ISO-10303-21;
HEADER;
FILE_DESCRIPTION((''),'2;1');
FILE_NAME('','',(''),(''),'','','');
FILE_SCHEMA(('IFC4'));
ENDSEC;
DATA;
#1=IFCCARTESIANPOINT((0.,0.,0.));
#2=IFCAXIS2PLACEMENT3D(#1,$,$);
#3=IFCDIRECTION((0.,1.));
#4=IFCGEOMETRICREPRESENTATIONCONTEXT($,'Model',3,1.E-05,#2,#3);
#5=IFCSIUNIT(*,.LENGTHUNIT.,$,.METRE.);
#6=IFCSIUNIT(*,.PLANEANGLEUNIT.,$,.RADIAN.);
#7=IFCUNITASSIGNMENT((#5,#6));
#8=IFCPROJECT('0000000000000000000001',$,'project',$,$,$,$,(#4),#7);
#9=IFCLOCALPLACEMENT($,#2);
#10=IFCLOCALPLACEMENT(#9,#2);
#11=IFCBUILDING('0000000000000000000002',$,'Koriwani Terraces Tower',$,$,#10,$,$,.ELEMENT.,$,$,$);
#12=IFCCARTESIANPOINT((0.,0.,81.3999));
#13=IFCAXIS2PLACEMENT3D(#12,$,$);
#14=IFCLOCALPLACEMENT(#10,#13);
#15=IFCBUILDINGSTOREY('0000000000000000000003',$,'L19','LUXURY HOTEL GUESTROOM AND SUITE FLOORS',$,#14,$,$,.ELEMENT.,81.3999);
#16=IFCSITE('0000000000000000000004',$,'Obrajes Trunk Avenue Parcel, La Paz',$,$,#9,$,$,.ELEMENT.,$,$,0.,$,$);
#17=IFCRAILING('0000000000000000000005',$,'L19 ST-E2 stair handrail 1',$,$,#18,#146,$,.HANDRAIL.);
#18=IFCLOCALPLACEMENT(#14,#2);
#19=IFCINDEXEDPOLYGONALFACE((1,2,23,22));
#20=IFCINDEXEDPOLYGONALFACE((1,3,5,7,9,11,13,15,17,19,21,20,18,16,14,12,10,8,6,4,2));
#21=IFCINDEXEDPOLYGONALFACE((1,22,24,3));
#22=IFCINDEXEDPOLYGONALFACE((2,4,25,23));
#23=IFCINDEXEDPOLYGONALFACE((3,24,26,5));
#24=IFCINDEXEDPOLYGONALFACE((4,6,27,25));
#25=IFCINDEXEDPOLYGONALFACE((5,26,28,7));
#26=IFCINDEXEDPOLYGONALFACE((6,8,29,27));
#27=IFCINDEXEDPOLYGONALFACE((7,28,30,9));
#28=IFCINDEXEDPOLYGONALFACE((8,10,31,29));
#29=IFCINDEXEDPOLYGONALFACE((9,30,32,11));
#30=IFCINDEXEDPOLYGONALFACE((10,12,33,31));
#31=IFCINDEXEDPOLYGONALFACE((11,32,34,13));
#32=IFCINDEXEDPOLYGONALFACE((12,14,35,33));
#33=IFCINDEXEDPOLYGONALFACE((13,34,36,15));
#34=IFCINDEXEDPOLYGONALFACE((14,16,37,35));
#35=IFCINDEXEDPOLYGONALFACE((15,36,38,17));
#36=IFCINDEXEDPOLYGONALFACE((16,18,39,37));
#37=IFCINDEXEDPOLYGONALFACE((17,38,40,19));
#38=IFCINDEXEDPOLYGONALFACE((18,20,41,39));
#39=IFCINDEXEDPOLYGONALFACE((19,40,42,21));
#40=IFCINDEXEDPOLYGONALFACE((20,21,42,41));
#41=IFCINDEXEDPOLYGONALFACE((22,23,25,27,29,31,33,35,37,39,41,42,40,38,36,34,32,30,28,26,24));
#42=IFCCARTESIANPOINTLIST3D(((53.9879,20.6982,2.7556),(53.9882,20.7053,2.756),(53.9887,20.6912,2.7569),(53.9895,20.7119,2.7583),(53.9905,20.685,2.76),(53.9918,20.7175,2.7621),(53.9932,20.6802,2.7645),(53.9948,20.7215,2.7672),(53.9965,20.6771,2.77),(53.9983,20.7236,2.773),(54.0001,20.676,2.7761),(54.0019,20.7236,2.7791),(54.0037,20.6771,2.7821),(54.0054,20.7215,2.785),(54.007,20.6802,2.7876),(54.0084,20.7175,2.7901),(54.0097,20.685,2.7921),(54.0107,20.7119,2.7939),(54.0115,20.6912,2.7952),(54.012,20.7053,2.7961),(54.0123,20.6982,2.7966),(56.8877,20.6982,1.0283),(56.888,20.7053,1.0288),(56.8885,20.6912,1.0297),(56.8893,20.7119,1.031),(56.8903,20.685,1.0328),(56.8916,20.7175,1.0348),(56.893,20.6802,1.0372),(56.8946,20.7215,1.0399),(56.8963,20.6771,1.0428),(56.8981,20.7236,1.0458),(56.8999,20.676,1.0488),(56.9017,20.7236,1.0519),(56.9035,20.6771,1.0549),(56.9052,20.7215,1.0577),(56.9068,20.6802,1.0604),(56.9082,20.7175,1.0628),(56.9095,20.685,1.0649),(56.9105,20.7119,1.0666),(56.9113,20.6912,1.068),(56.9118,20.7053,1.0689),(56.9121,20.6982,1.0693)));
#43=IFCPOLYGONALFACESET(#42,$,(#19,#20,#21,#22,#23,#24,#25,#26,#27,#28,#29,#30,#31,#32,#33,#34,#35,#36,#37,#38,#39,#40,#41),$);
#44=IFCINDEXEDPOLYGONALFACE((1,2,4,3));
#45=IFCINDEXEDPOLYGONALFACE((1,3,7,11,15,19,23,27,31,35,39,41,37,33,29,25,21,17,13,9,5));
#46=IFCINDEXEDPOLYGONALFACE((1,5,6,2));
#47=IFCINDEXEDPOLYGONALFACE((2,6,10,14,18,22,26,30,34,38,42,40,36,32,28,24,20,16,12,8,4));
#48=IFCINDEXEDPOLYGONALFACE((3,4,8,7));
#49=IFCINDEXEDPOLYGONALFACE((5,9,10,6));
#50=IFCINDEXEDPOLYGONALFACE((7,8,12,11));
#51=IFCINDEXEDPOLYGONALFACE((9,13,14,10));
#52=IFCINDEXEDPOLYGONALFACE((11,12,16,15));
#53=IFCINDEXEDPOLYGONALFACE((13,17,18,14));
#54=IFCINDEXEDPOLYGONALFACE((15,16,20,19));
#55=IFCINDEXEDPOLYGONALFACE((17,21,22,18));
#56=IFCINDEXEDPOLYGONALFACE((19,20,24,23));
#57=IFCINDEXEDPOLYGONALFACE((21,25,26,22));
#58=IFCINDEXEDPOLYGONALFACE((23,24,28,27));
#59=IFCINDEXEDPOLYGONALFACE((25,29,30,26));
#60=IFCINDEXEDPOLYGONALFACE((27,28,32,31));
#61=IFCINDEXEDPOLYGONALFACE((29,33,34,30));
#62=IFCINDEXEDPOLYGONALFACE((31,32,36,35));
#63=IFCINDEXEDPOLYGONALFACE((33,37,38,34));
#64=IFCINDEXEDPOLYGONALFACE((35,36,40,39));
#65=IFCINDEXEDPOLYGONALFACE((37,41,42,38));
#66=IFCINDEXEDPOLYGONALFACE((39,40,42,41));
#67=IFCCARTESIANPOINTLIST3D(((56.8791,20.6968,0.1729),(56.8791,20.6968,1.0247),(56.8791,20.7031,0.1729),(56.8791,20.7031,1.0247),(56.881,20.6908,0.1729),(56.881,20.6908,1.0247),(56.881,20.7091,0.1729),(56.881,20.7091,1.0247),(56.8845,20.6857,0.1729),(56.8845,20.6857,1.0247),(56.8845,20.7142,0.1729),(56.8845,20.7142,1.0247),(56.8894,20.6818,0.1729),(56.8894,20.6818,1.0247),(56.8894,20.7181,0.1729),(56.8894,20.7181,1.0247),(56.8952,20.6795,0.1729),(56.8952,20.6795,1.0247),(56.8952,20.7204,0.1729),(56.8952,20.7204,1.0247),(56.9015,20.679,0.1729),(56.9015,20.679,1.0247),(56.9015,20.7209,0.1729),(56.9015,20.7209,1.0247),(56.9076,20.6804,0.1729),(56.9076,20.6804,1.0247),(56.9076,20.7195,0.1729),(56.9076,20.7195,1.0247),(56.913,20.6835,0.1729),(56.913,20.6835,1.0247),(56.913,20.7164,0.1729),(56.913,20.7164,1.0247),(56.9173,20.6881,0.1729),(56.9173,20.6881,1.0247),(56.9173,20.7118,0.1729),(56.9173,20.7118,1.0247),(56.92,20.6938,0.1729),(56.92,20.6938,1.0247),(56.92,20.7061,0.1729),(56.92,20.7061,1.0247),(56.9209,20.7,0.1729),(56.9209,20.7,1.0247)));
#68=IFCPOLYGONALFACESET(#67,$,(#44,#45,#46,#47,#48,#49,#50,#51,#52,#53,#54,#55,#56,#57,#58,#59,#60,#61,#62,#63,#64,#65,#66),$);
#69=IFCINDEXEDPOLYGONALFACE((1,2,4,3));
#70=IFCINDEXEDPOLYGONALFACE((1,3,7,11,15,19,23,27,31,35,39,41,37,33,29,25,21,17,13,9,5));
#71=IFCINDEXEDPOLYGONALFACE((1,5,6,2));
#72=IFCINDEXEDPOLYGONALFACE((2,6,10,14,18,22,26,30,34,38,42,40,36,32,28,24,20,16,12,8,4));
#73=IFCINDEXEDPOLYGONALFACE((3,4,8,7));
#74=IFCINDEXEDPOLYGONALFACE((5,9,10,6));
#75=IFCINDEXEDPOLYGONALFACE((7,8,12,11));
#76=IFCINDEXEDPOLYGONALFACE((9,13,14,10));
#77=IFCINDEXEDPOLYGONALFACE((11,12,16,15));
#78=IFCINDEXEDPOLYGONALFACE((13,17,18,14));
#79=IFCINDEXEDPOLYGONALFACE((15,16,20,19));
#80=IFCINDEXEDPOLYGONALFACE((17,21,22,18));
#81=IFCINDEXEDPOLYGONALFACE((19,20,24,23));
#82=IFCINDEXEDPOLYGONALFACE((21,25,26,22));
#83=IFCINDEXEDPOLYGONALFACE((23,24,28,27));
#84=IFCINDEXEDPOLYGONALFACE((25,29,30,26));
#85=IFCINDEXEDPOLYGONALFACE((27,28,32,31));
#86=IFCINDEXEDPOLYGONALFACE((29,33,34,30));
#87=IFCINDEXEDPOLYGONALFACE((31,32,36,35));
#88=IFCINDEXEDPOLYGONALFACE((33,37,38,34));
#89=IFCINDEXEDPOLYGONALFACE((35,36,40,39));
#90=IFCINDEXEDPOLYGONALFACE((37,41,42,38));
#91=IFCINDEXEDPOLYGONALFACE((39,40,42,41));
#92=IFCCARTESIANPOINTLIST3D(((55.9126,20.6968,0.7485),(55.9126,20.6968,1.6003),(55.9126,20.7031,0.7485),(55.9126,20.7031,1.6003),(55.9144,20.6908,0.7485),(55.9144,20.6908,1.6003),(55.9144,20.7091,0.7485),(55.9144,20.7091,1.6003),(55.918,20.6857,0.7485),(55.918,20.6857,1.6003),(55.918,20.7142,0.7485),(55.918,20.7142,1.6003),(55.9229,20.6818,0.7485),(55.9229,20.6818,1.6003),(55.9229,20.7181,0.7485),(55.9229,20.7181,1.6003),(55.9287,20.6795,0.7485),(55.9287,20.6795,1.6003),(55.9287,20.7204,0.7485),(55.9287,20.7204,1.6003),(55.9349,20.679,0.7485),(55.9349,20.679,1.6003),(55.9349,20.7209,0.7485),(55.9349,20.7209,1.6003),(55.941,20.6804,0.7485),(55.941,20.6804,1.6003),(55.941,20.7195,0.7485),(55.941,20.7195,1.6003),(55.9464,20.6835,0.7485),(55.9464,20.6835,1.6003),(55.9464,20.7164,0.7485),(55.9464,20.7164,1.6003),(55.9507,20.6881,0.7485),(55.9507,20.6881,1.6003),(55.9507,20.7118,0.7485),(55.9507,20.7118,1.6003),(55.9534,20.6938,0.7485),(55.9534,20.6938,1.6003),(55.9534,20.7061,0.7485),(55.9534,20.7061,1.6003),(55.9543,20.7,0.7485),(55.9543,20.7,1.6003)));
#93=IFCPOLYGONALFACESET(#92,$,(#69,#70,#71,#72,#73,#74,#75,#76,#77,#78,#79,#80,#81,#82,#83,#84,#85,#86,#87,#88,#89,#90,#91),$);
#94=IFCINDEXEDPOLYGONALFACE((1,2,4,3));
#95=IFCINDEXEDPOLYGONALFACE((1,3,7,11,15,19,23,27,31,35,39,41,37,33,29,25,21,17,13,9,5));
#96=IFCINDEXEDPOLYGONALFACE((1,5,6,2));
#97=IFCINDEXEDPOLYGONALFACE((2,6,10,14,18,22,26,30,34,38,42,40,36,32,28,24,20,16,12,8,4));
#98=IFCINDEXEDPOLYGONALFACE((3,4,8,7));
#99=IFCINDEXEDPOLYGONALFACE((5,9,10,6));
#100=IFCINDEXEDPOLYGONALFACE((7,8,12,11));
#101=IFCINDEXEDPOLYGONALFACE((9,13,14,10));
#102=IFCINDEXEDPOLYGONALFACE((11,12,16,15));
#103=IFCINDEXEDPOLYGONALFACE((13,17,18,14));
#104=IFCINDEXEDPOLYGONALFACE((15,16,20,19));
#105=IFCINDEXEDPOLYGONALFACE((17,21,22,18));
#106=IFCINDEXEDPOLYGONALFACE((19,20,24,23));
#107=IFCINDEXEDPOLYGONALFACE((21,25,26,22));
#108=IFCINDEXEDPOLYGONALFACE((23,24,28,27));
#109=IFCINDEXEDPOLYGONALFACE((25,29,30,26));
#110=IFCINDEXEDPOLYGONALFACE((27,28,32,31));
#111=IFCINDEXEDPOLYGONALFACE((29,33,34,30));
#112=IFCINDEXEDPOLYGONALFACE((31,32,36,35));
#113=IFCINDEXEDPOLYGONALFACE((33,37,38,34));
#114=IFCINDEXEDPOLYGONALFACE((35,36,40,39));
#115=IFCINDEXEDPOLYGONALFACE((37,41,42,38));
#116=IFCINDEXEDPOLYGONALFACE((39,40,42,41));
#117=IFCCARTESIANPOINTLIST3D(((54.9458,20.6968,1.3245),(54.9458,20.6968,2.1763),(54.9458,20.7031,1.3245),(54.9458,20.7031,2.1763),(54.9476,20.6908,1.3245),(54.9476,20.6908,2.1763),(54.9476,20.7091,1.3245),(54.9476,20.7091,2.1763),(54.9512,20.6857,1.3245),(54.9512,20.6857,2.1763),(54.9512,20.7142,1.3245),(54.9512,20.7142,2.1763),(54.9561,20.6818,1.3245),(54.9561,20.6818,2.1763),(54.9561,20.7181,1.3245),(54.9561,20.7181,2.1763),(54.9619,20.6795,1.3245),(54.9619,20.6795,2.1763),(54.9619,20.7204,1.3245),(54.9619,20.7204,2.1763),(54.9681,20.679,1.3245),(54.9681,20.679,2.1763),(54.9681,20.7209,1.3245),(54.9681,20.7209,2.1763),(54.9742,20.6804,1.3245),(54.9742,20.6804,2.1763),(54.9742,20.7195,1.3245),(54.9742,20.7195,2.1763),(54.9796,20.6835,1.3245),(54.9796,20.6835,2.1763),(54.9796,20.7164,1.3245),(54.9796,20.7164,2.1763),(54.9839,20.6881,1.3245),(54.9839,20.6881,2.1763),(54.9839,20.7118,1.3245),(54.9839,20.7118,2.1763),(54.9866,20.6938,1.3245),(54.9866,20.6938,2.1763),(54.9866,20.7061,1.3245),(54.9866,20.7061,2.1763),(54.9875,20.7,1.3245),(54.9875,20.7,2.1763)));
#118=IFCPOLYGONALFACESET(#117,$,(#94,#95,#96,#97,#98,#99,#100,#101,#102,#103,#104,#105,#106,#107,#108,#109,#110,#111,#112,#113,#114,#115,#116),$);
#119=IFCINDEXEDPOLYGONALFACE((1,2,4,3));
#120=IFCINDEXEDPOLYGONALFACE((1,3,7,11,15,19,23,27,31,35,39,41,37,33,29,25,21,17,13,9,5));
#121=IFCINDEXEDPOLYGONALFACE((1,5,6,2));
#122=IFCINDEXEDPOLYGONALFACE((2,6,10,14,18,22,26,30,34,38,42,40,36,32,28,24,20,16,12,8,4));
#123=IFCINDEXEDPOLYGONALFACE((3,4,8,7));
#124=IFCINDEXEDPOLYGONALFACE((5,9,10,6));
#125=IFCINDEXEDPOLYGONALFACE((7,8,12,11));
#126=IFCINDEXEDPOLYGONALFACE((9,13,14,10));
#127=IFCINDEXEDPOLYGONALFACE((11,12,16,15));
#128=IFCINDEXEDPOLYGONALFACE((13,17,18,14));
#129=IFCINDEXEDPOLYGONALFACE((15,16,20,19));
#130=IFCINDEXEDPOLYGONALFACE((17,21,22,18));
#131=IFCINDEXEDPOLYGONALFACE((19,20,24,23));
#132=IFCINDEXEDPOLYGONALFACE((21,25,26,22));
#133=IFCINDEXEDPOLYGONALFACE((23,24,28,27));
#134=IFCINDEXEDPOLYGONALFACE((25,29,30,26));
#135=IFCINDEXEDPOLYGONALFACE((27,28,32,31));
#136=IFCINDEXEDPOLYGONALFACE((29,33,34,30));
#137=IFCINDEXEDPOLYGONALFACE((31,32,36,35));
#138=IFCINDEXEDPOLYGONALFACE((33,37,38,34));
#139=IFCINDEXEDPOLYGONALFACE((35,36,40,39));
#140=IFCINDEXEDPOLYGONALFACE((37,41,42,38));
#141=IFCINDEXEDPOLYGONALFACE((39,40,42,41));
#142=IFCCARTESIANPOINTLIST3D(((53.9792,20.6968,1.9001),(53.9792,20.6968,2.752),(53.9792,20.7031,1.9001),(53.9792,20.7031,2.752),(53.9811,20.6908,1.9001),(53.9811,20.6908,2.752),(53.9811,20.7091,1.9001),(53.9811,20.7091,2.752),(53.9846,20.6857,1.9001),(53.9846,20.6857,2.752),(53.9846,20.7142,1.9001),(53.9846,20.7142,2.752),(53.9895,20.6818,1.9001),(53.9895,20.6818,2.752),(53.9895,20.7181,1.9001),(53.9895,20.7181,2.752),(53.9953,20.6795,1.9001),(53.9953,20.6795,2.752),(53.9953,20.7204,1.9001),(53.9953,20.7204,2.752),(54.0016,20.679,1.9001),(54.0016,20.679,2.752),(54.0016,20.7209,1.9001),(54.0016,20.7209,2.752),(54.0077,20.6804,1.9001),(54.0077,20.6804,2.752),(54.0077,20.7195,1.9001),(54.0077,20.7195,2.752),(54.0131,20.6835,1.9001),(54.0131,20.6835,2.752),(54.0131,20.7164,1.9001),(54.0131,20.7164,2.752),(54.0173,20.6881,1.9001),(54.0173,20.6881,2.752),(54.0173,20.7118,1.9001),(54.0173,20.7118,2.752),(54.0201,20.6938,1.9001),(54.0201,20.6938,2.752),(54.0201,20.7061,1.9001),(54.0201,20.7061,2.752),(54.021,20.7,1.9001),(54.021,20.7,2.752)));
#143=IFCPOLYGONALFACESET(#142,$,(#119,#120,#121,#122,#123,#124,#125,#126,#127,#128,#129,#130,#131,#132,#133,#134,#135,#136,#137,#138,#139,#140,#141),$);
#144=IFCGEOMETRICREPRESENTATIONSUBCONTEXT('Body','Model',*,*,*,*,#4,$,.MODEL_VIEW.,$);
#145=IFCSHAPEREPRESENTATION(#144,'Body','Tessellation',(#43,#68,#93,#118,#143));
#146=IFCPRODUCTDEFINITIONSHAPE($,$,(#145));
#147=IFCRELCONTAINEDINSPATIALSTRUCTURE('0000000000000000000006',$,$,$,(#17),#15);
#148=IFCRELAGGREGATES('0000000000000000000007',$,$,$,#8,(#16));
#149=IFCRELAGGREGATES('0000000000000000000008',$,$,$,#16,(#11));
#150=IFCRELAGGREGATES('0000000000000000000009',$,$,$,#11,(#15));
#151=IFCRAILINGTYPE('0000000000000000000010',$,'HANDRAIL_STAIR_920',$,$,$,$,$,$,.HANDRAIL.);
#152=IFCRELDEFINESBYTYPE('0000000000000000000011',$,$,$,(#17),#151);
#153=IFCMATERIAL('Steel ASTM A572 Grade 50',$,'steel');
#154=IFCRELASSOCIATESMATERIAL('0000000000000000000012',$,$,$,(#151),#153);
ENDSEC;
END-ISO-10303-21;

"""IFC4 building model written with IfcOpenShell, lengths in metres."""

from ifc_helpers import new_model, si_unit, direction, frame, origin, origin_2d, place, context, subcontext, project, spatial, circle, extrude, material, type_object, element, save


model = new_model("IFC4")

# Units and contexts
model_context = context("Model", 3, precision=1e-05, world=origin(), true_north=direction((0.0, 1.0)))
body_context = subcontext(model_context, "Body", "Model", "MODEL_VIEW")
ifc_project = project(units=[si_unit("LENGTHUNIT", "METRE"), si_unit("PLANEANGLEUNIT", "RADIAN")], contexts=[model_context])

# Site, building, storey
site_placement = place(None, origin())
site = spatial("IfcSite", under=ifc_project, at=site_placement, Name="Obrajes Trunk Avenue Parcel, La Paz", CompositionType="ELEMENT", RefElevation=0.0)
building_placement = place(site_placement, origin())
building = spatial("IfcBuilding", under=site, at=building_placement, Name="Koriwani Terraces Tower", CompositionType="ELEMENT")
storey_placement = place(building_placement, frame((0.0, 0.0, 81.3999)))
storey = spatial("IfcBuildingStorey", under=building, at=storey_placement, Name="L19", Description="LUXURY HOTEL GUESTROOM AND SUITE FLOORS", CompositionType="ELEMENT", Elevation=81.3999)

# Shared definitions
ifc_material_1 = material(Name="Steel ASTM A572 Grade 50", Category="steel")

# Railing
railing_type_1 = type_object("IfcRailingType", Name="HANDRAIL_STAIR_920", PredefinedType="HANDRAIL", material=ifc_material_1)
railing_1_placement = place(storey_placement, frame((56.8999, 20.7, 0.1729)))
element("IfcRailing", 1, at=railing_1_placement, inside=storey, type_object=railing_type_1, Name="L19 ST-E2 stair handrail 1", PredefinedType="HANDRAIL", context=body_context, shape_type="SweptSolid", body=[
    extrude(circle(Radius=0.0239, at=origin_2d()), frame((0.0, 0.0, 0.876), z_axis=(-0.859141, 0.0, 0.511738), x_axis=(0.0, -1.0, 0.0)), (0.0, 0.0, 1.0), 3.3752),
    extrude(circle(Radius=0.021, at=origin_2d()), origin(), (0.0, 0.0, 1.0), 0.8518),
    extrude(circle(Radius=0.021, at=origin_2d()), frame((-0.9666, 0.0, 0.5757)), (0.0, 0.0, 1.0), 0.8518),
    extrude(circle(Radius=0.021, at=origin_2d()), frame((-1.9333, 0.0, 1.1516)), (0.0, 0.0, 1.0), 0.8518),
    extrude(circle(Radius=0.021, at=origin_2d()), frame((-2.8999, 0.0, 1.7273)), (0.0, 0.0, 1.0), 0.8518),
])

save(model, "model.ifc")
